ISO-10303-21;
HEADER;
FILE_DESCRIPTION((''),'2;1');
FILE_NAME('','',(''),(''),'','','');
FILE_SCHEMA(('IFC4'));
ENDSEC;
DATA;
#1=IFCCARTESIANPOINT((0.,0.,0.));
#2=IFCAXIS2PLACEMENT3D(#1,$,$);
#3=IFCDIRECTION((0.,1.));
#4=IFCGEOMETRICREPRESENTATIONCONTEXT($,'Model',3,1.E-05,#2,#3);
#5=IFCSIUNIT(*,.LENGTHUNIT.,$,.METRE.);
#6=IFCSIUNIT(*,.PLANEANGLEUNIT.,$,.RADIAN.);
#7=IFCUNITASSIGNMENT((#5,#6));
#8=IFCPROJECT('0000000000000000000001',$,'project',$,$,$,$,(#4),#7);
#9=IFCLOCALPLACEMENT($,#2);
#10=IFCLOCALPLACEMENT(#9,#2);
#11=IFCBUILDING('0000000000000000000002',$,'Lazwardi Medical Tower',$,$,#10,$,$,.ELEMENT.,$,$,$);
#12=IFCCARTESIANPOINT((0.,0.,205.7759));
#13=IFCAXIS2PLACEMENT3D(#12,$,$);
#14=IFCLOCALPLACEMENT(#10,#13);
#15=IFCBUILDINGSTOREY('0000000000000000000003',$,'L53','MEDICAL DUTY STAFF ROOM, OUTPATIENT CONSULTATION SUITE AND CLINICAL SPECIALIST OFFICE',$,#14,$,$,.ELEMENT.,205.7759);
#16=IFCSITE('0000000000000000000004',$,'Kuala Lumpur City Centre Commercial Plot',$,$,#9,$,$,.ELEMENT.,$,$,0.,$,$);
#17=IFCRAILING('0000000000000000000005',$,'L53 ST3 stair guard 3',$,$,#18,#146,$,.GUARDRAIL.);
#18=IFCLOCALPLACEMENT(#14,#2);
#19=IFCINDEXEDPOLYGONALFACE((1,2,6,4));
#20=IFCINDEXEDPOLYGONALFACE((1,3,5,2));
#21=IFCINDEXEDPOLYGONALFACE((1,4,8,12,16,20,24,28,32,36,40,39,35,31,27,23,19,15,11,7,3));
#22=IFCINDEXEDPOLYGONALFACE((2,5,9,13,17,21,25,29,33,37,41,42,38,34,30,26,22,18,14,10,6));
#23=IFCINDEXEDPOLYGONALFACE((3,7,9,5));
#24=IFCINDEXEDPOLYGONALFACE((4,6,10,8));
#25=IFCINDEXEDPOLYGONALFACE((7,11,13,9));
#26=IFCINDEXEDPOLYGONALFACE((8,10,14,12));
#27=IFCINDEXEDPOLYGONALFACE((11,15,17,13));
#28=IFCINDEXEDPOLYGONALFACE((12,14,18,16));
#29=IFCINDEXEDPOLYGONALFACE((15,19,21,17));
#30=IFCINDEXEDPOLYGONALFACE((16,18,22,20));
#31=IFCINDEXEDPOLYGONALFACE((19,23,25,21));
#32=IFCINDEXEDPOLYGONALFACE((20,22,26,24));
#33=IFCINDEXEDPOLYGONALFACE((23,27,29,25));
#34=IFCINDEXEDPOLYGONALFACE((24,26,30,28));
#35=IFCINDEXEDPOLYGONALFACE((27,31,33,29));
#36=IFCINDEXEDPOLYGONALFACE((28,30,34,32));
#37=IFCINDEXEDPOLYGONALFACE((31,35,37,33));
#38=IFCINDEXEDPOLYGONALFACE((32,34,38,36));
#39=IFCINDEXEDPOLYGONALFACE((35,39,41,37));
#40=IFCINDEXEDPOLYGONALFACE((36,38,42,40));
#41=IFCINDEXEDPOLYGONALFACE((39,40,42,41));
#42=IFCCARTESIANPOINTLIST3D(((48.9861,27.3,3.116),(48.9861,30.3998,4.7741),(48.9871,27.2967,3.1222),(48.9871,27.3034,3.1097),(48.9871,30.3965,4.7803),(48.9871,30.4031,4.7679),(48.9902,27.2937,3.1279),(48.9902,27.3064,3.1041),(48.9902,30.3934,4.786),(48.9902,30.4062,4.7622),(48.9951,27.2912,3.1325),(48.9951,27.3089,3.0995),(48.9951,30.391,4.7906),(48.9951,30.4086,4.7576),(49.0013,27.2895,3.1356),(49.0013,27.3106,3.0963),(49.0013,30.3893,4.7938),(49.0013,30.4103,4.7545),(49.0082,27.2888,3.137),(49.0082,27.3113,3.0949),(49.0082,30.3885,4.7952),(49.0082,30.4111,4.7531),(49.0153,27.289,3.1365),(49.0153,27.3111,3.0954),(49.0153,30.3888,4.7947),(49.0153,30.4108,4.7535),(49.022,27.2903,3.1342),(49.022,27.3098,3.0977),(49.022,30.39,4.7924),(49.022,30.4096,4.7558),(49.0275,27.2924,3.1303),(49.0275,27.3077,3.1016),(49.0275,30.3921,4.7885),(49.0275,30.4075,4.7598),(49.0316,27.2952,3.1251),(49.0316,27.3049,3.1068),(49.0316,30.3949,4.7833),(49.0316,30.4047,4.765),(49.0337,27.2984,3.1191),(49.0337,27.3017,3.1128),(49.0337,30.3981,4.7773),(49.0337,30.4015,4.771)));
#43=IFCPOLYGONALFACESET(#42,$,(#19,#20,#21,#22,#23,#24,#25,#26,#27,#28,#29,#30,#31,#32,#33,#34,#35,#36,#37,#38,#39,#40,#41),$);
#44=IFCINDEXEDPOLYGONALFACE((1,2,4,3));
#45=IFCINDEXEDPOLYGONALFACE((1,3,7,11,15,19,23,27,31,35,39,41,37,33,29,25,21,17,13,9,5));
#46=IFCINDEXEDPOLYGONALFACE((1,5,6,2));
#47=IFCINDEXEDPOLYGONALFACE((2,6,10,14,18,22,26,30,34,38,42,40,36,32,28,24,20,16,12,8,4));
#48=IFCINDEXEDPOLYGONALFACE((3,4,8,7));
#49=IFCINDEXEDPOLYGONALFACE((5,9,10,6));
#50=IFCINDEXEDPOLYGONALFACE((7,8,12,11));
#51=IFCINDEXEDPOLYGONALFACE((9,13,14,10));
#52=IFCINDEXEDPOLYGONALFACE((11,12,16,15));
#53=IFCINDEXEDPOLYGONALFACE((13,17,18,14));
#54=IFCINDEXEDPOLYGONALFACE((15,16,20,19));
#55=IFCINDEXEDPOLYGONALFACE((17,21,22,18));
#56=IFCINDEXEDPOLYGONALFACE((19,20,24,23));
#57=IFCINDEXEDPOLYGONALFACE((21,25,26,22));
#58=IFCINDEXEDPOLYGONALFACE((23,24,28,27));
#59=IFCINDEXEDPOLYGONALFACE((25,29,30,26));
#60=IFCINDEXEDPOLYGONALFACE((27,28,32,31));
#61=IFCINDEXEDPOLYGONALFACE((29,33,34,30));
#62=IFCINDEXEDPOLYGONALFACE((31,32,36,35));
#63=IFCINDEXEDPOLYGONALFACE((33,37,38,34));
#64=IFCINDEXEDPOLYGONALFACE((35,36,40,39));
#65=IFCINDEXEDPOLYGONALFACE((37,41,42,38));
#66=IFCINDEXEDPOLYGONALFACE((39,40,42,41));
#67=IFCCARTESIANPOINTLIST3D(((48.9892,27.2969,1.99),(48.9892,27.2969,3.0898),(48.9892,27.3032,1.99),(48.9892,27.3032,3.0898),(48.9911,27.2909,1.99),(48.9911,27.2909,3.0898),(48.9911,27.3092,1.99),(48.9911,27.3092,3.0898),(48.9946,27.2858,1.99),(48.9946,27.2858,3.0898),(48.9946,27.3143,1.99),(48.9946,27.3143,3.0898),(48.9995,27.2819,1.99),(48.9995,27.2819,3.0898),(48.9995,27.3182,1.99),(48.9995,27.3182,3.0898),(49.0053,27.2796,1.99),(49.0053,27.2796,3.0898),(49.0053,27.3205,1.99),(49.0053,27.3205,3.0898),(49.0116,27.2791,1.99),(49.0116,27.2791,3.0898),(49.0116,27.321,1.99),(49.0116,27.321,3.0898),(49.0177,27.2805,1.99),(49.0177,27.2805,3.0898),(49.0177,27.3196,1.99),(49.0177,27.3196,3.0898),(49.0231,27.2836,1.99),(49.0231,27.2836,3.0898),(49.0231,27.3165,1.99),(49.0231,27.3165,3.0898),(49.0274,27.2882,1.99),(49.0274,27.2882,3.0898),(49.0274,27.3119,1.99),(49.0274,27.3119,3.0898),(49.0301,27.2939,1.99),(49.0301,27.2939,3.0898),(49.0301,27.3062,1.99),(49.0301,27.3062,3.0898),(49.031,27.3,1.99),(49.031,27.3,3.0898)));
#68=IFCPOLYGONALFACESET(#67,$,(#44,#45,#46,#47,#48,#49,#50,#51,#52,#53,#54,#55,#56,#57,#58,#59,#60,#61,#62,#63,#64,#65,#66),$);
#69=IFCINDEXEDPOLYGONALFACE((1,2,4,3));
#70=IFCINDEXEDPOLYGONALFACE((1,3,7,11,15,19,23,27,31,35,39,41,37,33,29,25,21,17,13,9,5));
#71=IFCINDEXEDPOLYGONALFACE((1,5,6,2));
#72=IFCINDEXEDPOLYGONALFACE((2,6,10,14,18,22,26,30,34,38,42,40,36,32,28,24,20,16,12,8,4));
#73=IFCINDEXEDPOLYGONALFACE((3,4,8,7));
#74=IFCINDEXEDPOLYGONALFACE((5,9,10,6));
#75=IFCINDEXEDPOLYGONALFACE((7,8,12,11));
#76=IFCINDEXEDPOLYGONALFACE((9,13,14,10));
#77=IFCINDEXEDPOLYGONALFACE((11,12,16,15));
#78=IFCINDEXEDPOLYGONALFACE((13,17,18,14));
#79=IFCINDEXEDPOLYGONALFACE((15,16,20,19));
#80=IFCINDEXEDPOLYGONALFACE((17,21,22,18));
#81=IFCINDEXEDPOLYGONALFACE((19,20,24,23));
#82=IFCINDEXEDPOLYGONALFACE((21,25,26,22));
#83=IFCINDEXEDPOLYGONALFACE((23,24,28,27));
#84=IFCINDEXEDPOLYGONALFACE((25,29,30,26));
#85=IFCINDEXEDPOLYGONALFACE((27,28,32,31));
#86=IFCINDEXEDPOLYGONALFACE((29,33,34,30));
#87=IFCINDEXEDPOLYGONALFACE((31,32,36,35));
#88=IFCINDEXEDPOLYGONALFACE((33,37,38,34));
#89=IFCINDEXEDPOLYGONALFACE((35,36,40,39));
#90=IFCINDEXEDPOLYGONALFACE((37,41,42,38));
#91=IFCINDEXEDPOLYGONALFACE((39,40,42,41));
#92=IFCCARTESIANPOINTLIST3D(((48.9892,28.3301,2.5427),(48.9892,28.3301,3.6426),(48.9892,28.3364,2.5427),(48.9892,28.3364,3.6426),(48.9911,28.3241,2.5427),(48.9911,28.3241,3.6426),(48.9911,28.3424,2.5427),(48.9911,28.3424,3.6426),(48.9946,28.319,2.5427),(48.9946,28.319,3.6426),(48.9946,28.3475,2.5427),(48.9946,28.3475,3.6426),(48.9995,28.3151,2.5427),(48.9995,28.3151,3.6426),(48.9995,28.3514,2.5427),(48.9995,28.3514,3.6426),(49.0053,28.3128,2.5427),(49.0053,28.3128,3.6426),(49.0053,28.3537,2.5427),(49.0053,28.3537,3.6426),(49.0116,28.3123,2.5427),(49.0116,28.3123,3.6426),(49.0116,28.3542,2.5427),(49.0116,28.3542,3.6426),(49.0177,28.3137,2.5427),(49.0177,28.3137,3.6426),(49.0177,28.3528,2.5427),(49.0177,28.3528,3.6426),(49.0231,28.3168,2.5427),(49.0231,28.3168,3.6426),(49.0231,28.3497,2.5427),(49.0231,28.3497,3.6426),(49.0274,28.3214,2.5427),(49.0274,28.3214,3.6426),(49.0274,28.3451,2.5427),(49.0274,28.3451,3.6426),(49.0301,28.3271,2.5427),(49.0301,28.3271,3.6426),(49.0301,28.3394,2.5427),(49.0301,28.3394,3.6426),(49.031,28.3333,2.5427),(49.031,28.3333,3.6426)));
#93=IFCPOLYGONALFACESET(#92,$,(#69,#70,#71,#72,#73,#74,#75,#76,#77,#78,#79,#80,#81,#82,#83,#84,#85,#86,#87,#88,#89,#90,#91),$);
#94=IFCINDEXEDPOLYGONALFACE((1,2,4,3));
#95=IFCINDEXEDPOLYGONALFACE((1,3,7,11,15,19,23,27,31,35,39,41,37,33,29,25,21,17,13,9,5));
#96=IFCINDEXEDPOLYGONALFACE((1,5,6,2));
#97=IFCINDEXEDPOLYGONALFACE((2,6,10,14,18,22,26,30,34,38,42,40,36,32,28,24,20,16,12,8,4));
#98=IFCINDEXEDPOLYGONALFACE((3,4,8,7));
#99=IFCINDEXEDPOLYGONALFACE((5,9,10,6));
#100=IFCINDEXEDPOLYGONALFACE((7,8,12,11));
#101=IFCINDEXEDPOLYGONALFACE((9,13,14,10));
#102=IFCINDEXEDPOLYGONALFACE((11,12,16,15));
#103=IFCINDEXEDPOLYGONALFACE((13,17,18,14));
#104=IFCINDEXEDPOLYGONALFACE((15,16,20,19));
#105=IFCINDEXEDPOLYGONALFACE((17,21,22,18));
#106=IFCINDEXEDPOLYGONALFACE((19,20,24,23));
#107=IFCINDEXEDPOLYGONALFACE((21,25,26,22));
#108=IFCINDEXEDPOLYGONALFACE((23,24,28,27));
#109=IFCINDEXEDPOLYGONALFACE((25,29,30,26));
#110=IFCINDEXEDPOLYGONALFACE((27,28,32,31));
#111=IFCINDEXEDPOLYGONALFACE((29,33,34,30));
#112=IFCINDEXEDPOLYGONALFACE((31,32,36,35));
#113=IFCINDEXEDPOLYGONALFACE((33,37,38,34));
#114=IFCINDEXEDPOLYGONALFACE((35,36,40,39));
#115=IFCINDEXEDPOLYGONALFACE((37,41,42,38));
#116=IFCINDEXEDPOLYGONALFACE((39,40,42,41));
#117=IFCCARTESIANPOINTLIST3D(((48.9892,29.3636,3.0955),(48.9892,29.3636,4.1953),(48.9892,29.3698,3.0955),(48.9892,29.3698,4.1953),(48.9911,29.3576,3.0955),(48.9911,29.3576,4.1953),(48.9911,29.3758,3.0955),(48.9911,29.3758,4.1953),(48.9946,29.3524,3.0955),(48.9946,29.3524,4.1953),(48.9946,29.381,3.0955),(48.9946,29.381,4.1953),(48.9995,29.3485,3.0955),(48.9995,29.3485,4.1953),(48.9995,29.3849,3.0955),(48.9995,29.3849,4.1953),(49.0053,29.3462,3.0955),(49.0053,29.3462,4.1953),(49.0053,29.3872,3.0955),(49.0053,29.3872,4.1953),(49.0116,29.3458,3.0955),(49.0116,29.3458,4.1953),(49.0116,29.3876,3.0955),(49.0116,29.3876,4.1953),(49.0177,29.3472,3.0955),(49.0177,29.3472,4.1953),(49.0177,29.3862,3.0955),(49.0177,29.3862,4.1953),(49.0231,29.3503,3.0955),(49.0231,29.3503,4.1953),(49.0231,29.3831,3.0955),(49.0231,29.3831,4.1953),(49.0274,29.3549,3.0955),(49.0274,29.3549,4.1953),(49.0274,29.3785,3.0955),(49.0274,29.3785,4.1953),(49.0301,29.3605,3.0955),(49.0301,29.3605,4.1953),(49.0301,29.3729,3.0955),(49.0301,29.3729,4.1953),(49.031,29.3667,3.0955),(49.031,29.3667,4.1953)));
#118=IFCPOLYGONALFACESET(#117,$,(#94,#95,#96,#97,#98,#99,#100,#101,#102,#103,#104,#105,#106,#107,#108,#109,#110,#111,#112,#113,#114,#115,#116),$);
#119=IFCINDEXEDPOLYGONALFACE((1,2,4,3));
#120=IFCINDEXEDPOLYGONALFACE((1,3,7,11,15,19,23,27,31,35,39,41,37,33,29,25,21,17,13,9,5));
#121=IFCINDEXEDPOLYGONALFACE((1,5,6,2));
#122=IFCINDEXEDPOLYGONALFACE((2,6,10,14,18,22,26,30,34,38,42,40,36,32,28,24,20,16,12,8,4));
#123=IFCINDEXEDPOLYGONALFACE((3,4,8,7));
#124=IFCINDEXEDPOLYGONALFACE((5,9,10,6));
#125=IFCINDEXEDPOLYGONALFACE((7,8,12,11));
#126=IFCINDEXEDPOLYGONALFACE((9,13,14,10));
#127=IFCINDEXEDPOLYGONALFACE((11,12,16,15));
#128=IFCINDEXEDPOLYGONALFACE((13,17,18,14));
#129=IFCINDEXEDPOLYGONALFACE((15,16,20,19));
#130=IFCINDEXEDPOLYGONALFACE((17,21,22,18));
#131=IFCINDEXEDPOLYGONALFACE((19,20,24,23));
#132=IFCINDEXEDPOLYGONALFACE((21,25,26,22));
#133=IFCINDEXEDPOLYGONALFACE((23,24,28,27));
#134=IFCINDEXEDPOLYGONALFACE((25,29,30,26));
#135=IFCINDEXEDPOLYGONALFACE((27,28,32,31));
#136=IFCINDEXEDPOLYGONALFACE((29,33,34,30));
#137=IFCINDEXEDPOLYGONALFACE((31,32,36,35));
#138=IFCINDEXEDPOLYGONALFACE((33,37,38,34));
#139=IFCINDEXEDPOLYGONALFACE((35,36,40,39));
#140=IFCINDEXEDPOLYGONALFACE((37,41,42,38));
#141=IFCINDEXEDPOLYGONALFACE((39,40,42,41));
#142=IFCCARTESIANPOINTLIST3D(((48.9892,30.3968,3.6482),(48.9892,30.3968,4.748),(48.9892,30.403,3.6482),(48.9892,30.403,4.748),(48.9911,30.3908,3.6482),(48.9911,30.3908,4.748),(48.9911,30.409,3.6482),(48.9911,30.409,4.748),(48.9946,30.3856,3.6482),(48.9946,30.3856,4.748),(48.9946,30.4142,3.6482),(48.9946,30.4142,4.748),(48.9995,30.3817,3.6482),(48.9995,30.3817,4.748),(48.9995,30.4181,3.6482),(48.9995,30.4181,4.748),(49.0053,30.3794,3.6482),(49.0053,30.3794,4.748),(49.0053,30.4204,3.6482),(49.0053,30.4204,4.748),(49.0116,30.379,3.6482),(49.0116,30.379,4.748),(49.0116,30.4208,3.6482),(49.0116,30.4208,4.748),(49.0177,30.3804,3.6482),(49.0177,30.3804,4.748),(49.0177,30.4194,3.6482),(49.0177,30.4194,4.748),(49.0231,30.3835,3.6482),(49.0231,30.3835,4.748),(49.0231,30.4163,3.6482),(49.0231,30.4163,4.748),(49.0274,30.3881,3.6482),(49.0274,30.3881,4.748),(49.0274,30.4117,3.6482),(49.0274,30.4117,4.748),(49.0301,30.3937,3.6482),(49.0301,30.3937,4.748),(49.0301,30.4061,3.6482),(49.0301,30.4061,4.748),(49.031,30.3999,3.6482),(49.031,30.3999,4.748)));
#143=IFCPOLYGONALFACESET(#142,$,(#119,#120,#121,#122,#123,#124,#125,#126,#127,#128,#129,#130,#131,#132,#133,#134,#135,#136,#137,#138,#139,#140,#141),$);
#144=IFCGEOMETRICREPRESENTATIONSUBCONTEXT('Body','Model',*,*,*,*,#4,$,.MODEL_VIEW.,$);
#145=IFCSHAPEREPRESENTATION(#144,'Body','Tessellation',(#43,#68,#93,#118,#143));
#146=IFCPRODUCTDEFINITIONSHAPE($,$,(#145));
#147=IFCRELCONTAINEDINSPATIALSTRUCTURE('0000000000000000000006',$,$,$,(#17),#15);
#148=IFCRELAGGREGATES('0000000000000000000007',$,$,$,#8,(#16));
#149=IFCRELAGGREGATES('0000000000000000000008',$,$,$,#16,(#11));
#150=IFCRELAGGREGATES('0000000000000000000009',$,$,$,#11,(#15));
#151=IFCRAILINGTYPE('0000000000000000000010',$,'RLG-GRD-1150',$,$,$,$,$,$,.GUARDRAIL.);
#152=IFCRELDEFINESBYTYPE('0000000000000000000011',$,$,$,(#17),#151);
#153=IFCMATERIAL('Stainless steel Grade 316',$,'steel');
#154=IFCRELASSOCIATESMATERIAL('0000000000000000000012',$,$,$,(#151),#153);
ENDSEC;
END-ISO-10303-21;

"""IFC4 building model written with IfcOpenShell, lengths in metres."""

from ifc_helpers import new_model, si_unit, direction, frame, origin, origin_2d, place, context, subcontext, project, spatial, circle, extrude, material, type_object, element, save


model = new_model("IFC4")

# Units and contexts
model_context = context("Model", 3, precision=1e-05, world=origin(), true_north=direction((0.0, 1.0)))
body_context = subcontext(model_context, "Body", "Model", "MODEL_VIEW")
ifc_project = project(units=[si_unit("LENGTHUNIT", "METRE"), si_unit("PLANEANGLEUNIT", "RADIAN")], contexts=[model_context])

# Site, building, storey
site_placement = place(None, origin())
site = spatial("IfcSite", under=ifc_project, at=site_placement, Name="Kuala Lumpur City Centre Commercial Plot", CompositionType="ELEMENT", RefElevation=0.0)
building_placement = place(site_placement, origin())
building = spatial("IfcBuilding", under=site, at=building_placement, Name="Lazwardi Medical Tower", CompositionType="ELEMENT")
storey_placement = place(building_placement, frame((0.0, 0.0, 205.7759)))
storey = spatial("IfcBuildingStorey", under=building, at=storey_placement, Name="L53", Description="MEDICAL DUTY STAFF ROOM, OUTPATIENT CONSULTATION SUITE AND CLINICAL SPECIALIST OFFICE", CompositionType="ELEMENT", Elevation=205.7759)

# Railing
ifc_material_1 = material(Name="Stainless steel Grade 316", Category="steel")
railing_type_1 = type_object("IfcRailingType", Name="RLG-GRD-1150", PredefinedType="GUARDRAIL", material=ifc_material_1)
railing_1_placement = place(storey_placement, frame((49.01, 27.3, 1.99)))
element("IfcRailing", 1, at=railing_1_placement, inside=storey, type_object=railing_type_1, Name="L53 ST3 stair guard 3", PredefinedType="GUARDRAIL", context=body_context, shape_type="SweptSolid", body=[
    extrude(circle(Radius=0.0239, at=origin_2d()), frame((0.0, 0.0, 1.126), z_axis=(0.0, 0.881768, 0.471684), x_axis=(-1.0, 0.0, 0.0)), (0.0, 0.0, 1.0), 3.5154),
    extrude(circle(Radius=0.021, at=origin_2d()), origin(), (0.0, 0.0, 1.0), 1.0999),
    extrude(circle(Radius=0.021, at=origin_2d()), frame((0.0, 1.0332, 0.5527)), (0.0, 0.0, 1.0), 1.0999),
    extrude(circle(Radius=0.021, at=origin_2d()), frame((0.0, 2.0667, 1.1055)), (0.0, 0.0, 1.0), 1.0999),
    extrude(circle(Radius=0.021, at=origin_2d()), frame((0.0, 3.0999, 1.6582)), (0.0, 0.0, 1.0), 1.0999),
])

save(model, "model.ifc")
